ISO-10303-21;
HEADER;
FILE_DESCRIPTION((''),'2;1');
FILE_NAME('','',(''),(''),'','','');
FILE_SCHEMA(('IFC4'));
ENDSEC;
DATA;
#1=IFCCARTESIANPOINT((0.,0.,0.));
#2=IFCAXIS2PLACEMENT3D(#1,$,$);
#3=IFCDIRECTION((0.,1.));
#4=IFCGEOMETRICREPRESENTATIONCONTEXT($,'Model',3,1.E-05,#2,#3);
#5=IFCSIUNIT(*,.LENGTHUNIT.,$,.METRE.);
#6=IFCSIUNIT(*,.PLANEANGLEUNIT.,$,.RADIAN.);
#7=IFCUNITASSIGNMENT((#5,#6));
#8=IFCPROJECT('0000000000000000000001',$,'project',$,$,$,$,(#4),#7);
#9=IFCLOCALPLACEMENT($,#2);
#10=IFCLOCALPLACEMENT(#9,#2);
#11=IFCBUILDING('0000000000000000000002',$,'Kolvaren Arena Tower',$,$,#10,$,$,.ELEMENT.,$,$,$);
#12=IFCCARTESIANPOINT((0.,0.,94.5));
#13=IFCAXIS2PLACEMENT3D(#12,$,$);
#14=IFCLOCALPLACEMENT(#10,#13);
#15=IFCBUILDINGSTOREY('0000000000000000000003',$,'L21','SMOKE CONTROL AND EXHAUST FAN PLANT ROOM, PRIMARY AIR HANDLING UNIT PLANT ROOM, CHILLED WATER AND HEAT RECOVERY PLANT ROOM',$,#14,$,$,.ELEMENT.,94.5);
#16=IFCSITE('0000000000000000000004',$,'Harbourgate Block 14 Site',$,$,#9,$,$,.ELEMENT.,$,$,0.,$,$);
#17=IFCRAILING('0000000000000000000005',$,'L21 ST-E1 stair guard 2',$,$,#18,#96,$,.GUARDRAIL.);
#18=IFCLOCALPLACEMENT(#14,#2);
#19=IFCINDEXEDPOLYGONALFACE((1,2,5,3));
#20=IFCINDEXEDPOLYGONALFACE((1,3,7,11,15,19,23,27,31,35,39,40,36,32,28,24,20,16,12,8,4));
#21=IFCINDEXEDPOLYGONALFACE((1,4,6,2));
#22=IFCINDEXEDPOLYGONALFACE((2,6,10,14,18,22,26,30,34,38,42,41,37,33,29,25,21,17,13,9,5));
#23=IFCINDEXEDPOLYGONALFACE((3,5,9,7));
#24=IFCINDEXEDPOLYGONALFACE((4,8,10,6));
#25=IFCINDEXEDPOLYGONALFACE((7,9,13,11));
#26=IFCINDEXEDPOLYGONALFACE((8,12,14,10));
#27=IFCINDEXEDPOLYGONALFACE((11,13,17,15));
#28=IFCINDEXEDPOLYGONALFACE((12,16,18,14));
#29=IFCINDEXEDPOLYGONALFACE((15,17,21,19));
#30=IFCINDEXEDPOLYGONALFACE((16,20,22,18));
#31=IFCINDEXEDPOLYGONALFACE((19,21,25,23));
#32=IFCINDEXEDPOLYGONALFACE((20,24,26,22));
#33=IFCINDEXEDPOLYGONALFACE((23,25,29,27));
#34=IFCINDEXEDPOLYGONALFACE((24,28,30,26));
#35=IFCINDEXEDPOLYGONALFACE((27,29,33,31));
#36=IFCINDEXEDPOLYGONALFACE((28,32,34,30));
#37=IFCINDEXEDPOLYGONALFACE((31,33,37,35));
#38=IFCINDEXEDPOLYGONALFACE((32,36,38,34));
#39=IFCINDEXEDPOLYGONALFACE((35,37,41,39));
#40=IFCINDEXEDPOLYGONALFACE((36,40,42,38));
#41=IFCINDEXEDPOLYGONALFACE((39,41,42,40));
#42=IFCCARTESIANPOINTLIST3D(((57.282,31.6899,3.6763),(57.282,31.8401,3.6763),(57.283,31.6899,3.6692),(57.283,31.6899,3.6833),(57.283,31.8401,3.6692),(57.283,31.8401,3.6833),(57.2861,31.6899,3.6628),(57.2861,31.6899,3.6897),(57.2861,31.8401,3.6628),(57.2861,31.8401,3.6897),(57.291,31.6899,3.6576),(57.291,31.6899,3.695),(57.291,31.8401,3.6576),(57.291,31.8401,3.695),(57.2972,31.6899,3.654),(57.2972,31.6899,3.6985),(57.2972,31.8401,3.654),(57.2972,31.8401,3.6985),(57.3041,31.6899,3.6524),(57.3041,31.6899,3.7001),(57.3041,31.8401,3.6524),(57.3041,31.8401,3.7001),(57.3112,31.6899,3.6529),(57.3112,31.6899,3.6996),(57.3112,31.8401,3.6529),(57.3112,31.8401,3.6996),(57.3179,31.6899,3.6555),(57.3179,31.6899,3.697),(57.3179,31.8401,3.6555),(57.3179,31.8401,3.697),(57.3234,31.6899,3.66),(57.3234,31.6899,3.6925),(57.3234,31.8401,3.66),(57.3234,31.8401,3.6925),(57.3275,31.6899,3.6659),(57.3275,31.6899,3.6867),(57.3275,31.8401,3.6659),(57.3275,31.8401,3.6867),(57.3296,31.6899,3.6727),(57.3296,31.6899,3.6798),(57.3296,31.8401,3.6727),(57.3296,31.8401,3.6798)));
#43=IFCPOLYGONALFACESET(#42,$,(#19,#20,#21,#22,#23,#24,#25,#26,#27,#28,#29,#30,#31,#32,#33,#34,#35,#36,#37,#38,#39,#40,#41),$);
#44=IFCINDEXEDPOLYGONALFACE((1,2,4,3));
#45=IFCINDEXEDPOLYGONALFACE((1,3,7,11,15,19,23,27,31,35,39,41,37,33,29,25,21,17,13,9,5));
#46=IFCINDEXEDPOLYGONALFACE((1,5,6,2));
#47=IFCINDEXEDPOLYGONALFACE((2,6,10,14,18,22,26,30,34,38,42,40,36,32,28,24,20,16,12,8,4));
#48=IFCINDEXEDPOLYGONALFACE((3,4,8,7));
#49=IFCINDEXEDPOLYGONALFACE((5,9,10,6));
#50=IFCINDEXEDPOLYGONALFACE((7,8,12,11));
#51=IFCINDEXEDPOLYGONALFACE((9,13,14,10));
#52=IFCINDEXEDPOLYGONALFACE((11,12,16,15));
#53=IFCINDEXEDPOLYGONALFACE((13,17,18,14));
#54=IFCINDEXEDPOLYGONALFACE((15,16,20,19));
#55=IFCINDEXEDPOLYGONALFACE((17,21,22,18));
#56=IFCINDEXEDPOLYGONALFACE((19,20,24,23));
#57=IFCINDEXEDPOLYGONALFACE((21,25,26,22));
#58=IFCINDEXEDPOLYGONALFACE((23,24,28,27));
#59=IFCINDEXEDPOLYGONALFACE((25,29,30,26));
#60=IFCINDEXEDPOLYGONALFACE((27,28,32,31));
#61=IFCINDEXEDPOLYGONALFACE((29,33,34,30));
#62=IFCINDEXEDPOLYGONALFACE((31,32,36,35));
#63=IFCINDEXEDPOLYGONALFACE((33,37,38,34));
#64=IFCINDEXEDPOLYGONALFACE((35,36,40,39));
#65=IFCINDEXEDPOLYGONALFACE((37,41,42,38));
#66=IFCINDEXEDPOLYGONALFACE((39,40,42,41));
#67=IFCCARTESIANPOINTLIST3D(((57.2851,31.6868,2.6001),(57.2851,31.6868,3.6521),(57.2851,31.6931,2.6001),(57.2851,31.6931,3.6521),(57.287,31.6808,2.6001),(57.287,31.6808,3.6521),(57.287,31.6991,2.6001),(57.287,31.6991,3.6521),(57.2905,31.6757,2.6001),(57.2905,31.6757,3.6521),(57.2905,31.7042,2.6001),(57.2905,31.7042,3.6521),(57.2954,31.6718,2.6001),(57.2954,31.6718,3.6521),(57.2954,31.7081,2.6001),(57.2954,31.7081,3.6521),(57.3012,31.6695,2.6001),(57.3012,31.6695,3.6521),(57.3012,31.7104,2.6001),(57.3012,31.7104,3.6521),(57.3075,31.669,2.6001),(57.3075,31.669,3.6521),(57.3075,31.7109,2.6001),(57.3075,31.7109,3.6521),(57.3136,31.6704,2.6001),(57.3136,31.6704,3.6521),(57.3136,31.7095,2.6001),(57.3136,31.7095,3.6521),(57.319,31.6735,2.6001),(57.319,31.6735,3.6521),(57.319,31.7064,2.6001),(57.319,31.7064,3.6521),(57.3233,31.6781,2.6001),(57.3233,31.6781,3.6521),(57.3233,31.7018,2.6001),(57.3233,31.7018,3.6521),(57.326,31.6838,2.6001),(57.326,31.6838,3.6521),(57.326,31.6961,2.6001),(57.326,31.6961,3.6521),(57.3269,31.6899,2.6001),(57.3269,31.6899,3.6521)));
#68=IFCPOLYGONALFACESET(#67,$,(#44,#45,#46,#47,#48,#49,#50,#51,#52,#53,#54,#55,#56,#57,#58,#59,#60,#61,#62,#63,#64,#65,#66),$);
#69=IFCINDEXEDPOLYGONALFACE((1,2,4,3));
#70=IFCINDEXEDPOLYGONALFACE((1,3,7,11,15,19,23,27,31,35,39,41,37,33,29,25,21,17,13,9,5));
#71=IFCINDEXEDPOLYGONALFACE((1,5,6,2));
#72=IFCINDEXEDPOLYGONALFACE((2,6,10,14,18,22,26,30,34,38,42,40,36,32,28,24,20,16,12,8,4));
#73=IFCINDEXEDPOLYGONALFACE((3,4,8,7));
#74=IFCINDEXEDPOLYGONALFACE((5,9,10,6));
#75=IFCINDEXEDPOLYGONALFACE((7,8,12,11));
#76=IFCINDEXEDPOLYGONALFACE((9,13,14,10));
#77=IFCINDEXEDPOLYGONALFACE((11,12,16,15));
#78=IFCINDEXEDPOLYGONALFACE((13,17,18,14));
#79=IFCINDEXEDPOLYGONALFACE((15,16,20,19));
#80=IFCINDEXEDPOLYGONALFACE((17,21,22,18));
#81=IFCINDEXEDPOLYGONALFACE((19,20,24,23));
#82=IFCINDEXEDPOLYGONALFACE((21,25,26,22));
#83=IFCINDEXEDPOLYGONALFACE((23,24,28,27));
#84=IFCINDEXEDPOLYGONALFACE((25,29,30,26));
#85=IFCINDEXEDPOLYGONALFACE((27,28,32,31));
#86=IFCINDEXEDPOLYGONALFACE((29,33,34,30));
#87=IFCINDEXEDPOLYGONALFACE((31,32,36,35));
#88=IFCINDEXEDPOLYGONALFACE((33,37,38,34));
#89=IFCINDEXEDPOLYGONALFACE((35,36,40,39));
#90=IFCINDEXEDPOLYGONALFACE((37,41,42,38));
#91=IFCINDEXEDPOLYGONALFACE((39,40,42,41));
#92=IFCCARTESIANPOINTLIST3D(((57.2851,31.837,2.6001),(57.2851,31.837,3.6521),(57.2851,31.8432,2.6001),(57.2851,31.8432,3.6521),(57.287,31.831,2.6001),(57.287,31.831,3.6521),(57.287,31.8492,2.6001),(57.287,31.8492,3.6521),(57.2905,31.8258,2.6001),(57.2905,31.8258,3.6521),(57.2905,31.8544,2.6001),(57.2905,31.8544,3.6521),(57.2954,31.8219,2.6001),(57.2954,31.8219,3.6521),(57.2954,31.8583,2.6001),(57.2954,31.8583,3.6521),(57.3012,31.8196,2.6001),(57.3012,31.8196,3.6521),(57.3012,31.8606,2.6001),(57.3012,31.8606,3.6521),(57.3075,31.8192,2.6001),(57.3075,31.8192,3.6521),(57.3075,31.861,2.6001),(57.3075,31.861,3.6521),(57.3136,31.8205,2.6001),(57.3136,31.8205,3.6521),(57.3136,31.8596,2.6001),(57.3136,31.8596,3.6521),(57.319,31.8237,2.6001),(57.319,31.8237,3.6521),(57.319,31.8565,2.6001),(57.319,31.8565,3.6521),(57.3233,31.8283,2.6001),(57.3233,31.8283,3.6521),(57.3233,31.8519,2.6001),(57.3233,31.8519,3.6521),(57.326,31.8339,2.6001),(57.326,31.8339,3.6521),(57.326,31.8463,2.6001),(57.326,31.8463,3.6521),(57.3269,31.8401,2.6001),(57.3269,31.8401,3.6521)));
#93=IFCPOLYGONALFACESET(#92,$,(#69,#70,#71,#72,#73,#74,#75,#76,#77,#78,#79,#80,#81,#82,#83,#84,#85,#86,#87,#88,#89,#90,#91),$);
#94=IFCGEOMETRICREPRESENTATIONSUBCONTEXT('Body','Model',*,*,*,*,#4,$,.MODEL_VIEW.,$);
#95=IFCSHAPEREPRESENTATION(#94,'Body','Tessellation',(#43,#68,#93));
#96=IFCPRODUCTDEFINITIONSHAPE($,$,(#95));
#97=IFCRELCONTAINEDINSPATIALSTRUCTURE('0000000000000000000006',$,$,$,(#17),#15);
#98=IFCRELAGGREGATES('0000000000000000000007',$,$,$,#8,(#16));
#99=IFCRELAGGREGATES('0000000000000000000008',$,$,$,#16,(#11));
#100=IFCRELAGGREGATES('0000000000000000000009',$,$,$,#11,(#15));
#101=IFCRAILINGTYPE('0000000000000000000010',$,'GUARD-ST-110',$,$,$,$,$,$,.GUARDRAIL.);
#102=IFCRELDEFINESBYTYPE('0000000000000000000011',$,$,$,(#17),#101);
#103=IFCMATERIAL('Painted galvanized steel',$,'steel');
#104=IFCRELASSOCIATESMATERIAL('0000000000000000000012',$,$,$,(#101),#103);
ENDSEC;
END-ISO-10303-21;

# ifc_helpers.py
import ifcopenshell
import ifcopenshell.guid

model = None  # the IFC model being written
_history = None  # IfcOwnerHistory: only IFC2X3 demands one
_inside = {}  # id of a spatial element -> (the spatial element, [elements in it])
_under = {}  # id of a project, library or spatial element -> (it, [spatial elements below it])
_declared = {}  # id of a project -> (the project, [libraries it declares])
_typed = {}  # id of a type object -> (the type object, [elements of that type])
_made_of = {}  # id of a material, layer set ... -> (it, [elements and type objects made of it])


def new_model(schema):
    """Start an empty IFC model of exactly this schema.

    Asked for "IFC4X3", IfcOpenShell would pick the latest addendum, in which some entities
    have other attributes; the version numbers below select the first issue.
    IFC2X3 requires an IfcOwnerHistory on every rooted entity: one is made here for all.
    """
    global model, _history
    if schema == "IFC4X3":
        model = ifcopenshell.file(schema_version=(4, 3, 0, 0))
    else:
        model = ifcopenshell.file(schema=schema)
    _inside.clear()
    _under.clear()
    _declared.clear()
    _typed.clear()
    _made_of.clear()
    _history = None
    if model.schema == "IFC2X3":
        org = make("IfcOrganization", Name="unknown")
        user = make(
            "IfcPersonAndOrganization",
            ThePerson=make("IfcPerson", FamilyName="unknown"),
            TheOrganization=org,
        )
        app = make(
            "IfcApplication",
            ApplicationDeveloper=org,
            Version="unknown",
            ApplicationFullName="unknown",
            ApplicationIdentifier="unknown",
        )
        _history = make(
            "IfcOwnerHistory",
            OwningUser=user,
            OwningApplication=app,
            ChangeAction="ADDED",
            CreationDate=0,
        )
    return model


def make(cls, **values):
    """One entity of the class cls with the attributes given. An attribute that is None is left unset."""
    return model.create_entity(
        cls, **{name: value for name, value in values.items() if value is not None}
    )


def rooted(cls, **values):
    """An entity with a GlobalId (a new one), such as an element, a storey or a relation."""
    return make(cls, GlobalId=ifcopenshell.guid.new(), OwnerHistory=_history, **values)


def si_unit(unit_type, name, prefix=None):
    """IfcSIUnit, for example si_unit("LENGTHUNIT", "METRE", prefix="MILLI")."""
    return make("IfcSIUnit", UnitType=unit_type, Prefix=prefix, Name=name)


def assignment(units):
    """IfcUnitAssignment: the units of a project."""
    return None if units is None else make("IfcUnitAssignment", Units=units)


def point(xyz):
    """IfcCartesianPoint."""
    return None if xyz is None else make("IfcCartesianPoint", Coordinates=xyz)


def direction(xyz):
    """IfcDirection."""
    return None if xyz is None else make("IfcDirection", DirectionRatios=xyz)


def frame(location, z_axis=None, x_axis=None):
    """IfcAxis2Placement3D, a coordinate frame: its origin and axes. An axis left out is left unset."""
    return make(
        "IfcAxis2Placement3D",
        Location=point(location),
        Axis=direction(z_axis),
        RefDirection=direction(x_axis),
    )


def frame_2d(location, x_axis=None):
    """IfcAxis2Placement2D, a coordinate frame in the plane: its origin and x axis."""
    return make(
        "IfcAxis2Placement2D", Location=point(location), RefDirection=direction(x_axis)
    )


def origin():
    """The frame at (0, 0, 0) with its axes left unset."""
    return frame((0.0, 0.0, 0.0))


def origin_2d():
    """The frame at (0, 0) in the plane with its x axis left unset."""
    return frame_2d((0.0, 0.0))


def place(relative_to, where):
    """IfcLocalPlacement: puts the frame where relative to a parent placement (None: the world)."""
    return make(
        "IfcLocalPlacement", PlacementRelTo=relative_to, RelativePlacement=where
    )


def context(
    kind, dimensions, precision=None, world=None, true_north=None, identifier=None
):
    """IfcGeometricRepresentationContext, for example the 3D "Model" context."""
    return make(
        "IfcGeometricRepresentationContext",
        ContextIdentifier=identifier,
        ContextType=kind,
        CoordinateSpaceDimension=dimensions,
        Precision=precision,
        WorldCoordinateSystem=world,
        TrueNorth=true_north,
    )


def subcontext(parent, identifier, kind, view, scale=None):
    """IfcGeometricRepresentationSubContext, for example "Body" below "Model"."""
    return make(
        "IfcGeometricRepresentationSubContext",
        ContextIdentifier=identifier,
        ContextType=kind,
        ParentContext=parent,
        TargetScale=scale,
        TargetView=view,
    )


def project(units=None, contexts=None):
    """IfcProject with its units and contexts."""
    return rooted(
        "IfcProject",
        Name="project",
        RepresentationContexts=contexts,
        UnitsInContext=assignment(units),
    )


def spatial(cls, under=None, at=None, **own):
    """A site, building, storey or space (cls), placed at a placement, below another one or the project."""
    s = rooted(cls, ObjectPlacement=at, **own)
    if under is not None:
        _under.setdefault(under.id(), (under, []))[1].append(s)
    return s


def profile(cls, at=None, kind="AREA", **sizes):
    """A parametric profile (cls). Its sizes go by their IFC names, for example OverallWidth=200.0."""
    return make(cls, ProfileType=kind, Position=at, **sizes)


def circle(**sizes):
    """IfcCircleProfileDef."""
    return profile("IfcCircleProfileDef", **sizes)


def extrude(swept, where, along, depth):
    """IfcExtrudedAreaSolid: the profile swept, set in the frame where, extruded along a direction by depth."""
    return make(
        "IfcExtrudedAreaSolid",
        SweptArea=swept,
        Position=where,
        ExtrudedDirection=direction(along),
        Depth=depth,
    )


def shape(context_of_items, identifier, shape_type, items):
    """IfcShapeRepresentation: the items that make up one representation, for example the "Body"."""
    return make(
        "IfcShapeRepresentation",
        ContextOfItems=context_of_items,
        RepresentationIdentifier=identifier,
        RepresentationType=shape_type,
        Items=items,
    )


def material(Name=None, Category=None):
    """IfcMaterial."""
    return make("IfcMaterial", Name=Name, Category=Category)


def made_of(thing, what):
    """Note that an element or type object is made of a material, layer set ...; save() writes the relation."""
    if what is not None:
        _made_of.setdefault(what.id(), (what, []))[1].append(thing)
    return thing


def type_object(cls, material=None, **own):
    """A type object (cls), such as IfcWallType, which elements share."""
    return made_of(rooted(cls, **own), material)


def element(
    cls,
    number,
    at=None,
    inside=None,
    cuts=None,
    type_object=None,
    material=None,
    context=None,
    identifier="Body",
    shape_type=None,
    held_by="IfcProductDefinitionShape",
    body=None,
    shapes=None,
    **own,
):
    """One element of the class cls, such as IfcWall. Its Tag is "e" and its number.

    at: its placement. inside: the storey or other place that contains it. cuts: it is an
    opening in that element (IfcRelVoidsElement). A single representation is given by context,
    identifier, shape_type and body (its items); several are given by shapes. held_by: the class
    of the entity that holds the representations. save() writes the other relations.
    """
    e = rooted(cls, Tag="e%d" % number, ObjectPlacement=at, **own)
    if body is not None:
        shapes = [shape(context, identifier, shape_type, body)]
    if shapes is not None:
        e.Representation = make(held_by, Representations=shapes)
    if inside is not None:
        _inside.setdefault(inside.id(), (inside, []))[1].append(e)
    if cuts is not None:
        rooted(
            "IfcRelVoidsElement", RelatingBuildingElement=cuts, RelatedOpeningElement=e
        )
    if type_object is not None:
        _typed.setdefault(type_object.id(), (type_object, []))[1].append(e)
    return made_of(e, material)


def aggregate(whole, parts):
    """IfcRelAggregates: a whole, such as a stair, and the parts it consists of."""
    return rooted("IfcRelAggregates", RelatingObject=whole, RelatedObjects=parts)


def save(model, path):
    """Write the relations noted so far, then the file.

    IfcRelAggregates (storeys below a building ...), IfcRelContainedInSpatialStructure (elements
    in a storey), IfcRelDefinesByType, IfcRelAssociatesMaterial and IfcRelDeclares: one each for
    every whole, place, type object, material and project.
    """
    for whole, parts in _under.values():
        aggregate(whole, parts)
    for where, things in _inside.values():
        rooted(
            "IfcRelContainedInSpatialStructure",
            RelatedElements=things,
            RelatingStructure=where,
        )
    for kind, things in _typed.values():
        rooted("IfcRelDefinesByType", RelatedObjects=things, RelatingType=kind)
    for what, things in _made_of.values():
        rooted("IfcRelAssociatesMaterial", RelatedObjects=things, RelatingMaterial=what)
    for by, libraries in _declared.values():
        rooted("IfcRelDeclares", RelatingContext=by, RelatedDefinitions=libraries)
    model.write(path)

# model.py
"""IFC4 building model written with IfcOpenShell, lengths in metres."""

from ifc_helpers import new_model, si_unit, direction, frame, origin, origin_2d, place, context, subcontext, project, spatial, circle, extrude, material, type_object, element, save


model = new_model("IFC4")

# Units and contexts
model_context = context("Model", 3, precision=1e-05, world=origin(), true_north=direction((0.0, 1.0)))
body_context = subcontext(model_context, "Body", "Model", "MODEL_VIEW")
ifc_project = project(units=[si_unit("LENGTHUNIT", "METRE"), si_unit("PLANEANGLEUNIT", "RADIAN")], contexts=[model_context])

# Site, building, storey
site_placement = place(None, origin())
site = spatial("IfcSite", under=ifc_project, at=site_placement, Name="Harbourgate Block 14 Site", CompositionType="ELEMENT", RefElevation=0.0)
building_placement = place(site_placement, origin())
building = spatial("IfcBuilding", under=site, at=building_placement, Name="Kolvaren Arena Tower", CompositionType="ELEMENT")
storey_placement = place(building_placement, frame((0.0, 0.0, 94.5)))
storey = spatial("IfcBuildingStorey", under=building, at=storey_placement, Name="L21", Description="SMOKE CONTROL AND EXHAUST FAN PLANT ROOM, PRIMARY AIR HANDLING UNIT PLANT ROOM, CHILLED WATER AND HEAT RECOVERY PLANT ROOM", CompositionType="ELEMENT", Elevation=94.5)

# Railing
ifc_material_1 = material(Name="Painted galvanized steel", Category="steel")
railing_type_1 = type_object("IfcRailingType", Name="GUARD-ST-110", PredefinedType="GUARDRAIL", material=ifc_material_1)
railing_1_placement = place(storey_placement, frame((57.3059, 31.6899, 2.6001)))
element("IfcRailing", 1, at=railing_1_placement, inside=storey, type_object=railing_type_1, Name="L21 ST-E1 stair guard 2", PredefinedType="GUARDRAIL", context=body_context, shape_type="SweptSolid", body=[
    extrude(circle(Radius=0.0239, at=origin_2d()), frame((0.0, 0.0, 1.0762), z_axis=(0.0, 1.0, 0.0), x_axis=(-1.0, 0.0, 0.0)), (0.0, 0.0, 1.0), 0.1501),
    extrude(circle(Radius=0.021, at=origin_2d()), origin(), (0.0, 0.0, 1.0), 1.052),
    extrude(circle(Radius=0.021, at=origin_2d()), frame((0.0, 0.1501, 0.0)), (0.0, 0.0, 1.0), 1.052),
])

save(model, "model.ifc")
